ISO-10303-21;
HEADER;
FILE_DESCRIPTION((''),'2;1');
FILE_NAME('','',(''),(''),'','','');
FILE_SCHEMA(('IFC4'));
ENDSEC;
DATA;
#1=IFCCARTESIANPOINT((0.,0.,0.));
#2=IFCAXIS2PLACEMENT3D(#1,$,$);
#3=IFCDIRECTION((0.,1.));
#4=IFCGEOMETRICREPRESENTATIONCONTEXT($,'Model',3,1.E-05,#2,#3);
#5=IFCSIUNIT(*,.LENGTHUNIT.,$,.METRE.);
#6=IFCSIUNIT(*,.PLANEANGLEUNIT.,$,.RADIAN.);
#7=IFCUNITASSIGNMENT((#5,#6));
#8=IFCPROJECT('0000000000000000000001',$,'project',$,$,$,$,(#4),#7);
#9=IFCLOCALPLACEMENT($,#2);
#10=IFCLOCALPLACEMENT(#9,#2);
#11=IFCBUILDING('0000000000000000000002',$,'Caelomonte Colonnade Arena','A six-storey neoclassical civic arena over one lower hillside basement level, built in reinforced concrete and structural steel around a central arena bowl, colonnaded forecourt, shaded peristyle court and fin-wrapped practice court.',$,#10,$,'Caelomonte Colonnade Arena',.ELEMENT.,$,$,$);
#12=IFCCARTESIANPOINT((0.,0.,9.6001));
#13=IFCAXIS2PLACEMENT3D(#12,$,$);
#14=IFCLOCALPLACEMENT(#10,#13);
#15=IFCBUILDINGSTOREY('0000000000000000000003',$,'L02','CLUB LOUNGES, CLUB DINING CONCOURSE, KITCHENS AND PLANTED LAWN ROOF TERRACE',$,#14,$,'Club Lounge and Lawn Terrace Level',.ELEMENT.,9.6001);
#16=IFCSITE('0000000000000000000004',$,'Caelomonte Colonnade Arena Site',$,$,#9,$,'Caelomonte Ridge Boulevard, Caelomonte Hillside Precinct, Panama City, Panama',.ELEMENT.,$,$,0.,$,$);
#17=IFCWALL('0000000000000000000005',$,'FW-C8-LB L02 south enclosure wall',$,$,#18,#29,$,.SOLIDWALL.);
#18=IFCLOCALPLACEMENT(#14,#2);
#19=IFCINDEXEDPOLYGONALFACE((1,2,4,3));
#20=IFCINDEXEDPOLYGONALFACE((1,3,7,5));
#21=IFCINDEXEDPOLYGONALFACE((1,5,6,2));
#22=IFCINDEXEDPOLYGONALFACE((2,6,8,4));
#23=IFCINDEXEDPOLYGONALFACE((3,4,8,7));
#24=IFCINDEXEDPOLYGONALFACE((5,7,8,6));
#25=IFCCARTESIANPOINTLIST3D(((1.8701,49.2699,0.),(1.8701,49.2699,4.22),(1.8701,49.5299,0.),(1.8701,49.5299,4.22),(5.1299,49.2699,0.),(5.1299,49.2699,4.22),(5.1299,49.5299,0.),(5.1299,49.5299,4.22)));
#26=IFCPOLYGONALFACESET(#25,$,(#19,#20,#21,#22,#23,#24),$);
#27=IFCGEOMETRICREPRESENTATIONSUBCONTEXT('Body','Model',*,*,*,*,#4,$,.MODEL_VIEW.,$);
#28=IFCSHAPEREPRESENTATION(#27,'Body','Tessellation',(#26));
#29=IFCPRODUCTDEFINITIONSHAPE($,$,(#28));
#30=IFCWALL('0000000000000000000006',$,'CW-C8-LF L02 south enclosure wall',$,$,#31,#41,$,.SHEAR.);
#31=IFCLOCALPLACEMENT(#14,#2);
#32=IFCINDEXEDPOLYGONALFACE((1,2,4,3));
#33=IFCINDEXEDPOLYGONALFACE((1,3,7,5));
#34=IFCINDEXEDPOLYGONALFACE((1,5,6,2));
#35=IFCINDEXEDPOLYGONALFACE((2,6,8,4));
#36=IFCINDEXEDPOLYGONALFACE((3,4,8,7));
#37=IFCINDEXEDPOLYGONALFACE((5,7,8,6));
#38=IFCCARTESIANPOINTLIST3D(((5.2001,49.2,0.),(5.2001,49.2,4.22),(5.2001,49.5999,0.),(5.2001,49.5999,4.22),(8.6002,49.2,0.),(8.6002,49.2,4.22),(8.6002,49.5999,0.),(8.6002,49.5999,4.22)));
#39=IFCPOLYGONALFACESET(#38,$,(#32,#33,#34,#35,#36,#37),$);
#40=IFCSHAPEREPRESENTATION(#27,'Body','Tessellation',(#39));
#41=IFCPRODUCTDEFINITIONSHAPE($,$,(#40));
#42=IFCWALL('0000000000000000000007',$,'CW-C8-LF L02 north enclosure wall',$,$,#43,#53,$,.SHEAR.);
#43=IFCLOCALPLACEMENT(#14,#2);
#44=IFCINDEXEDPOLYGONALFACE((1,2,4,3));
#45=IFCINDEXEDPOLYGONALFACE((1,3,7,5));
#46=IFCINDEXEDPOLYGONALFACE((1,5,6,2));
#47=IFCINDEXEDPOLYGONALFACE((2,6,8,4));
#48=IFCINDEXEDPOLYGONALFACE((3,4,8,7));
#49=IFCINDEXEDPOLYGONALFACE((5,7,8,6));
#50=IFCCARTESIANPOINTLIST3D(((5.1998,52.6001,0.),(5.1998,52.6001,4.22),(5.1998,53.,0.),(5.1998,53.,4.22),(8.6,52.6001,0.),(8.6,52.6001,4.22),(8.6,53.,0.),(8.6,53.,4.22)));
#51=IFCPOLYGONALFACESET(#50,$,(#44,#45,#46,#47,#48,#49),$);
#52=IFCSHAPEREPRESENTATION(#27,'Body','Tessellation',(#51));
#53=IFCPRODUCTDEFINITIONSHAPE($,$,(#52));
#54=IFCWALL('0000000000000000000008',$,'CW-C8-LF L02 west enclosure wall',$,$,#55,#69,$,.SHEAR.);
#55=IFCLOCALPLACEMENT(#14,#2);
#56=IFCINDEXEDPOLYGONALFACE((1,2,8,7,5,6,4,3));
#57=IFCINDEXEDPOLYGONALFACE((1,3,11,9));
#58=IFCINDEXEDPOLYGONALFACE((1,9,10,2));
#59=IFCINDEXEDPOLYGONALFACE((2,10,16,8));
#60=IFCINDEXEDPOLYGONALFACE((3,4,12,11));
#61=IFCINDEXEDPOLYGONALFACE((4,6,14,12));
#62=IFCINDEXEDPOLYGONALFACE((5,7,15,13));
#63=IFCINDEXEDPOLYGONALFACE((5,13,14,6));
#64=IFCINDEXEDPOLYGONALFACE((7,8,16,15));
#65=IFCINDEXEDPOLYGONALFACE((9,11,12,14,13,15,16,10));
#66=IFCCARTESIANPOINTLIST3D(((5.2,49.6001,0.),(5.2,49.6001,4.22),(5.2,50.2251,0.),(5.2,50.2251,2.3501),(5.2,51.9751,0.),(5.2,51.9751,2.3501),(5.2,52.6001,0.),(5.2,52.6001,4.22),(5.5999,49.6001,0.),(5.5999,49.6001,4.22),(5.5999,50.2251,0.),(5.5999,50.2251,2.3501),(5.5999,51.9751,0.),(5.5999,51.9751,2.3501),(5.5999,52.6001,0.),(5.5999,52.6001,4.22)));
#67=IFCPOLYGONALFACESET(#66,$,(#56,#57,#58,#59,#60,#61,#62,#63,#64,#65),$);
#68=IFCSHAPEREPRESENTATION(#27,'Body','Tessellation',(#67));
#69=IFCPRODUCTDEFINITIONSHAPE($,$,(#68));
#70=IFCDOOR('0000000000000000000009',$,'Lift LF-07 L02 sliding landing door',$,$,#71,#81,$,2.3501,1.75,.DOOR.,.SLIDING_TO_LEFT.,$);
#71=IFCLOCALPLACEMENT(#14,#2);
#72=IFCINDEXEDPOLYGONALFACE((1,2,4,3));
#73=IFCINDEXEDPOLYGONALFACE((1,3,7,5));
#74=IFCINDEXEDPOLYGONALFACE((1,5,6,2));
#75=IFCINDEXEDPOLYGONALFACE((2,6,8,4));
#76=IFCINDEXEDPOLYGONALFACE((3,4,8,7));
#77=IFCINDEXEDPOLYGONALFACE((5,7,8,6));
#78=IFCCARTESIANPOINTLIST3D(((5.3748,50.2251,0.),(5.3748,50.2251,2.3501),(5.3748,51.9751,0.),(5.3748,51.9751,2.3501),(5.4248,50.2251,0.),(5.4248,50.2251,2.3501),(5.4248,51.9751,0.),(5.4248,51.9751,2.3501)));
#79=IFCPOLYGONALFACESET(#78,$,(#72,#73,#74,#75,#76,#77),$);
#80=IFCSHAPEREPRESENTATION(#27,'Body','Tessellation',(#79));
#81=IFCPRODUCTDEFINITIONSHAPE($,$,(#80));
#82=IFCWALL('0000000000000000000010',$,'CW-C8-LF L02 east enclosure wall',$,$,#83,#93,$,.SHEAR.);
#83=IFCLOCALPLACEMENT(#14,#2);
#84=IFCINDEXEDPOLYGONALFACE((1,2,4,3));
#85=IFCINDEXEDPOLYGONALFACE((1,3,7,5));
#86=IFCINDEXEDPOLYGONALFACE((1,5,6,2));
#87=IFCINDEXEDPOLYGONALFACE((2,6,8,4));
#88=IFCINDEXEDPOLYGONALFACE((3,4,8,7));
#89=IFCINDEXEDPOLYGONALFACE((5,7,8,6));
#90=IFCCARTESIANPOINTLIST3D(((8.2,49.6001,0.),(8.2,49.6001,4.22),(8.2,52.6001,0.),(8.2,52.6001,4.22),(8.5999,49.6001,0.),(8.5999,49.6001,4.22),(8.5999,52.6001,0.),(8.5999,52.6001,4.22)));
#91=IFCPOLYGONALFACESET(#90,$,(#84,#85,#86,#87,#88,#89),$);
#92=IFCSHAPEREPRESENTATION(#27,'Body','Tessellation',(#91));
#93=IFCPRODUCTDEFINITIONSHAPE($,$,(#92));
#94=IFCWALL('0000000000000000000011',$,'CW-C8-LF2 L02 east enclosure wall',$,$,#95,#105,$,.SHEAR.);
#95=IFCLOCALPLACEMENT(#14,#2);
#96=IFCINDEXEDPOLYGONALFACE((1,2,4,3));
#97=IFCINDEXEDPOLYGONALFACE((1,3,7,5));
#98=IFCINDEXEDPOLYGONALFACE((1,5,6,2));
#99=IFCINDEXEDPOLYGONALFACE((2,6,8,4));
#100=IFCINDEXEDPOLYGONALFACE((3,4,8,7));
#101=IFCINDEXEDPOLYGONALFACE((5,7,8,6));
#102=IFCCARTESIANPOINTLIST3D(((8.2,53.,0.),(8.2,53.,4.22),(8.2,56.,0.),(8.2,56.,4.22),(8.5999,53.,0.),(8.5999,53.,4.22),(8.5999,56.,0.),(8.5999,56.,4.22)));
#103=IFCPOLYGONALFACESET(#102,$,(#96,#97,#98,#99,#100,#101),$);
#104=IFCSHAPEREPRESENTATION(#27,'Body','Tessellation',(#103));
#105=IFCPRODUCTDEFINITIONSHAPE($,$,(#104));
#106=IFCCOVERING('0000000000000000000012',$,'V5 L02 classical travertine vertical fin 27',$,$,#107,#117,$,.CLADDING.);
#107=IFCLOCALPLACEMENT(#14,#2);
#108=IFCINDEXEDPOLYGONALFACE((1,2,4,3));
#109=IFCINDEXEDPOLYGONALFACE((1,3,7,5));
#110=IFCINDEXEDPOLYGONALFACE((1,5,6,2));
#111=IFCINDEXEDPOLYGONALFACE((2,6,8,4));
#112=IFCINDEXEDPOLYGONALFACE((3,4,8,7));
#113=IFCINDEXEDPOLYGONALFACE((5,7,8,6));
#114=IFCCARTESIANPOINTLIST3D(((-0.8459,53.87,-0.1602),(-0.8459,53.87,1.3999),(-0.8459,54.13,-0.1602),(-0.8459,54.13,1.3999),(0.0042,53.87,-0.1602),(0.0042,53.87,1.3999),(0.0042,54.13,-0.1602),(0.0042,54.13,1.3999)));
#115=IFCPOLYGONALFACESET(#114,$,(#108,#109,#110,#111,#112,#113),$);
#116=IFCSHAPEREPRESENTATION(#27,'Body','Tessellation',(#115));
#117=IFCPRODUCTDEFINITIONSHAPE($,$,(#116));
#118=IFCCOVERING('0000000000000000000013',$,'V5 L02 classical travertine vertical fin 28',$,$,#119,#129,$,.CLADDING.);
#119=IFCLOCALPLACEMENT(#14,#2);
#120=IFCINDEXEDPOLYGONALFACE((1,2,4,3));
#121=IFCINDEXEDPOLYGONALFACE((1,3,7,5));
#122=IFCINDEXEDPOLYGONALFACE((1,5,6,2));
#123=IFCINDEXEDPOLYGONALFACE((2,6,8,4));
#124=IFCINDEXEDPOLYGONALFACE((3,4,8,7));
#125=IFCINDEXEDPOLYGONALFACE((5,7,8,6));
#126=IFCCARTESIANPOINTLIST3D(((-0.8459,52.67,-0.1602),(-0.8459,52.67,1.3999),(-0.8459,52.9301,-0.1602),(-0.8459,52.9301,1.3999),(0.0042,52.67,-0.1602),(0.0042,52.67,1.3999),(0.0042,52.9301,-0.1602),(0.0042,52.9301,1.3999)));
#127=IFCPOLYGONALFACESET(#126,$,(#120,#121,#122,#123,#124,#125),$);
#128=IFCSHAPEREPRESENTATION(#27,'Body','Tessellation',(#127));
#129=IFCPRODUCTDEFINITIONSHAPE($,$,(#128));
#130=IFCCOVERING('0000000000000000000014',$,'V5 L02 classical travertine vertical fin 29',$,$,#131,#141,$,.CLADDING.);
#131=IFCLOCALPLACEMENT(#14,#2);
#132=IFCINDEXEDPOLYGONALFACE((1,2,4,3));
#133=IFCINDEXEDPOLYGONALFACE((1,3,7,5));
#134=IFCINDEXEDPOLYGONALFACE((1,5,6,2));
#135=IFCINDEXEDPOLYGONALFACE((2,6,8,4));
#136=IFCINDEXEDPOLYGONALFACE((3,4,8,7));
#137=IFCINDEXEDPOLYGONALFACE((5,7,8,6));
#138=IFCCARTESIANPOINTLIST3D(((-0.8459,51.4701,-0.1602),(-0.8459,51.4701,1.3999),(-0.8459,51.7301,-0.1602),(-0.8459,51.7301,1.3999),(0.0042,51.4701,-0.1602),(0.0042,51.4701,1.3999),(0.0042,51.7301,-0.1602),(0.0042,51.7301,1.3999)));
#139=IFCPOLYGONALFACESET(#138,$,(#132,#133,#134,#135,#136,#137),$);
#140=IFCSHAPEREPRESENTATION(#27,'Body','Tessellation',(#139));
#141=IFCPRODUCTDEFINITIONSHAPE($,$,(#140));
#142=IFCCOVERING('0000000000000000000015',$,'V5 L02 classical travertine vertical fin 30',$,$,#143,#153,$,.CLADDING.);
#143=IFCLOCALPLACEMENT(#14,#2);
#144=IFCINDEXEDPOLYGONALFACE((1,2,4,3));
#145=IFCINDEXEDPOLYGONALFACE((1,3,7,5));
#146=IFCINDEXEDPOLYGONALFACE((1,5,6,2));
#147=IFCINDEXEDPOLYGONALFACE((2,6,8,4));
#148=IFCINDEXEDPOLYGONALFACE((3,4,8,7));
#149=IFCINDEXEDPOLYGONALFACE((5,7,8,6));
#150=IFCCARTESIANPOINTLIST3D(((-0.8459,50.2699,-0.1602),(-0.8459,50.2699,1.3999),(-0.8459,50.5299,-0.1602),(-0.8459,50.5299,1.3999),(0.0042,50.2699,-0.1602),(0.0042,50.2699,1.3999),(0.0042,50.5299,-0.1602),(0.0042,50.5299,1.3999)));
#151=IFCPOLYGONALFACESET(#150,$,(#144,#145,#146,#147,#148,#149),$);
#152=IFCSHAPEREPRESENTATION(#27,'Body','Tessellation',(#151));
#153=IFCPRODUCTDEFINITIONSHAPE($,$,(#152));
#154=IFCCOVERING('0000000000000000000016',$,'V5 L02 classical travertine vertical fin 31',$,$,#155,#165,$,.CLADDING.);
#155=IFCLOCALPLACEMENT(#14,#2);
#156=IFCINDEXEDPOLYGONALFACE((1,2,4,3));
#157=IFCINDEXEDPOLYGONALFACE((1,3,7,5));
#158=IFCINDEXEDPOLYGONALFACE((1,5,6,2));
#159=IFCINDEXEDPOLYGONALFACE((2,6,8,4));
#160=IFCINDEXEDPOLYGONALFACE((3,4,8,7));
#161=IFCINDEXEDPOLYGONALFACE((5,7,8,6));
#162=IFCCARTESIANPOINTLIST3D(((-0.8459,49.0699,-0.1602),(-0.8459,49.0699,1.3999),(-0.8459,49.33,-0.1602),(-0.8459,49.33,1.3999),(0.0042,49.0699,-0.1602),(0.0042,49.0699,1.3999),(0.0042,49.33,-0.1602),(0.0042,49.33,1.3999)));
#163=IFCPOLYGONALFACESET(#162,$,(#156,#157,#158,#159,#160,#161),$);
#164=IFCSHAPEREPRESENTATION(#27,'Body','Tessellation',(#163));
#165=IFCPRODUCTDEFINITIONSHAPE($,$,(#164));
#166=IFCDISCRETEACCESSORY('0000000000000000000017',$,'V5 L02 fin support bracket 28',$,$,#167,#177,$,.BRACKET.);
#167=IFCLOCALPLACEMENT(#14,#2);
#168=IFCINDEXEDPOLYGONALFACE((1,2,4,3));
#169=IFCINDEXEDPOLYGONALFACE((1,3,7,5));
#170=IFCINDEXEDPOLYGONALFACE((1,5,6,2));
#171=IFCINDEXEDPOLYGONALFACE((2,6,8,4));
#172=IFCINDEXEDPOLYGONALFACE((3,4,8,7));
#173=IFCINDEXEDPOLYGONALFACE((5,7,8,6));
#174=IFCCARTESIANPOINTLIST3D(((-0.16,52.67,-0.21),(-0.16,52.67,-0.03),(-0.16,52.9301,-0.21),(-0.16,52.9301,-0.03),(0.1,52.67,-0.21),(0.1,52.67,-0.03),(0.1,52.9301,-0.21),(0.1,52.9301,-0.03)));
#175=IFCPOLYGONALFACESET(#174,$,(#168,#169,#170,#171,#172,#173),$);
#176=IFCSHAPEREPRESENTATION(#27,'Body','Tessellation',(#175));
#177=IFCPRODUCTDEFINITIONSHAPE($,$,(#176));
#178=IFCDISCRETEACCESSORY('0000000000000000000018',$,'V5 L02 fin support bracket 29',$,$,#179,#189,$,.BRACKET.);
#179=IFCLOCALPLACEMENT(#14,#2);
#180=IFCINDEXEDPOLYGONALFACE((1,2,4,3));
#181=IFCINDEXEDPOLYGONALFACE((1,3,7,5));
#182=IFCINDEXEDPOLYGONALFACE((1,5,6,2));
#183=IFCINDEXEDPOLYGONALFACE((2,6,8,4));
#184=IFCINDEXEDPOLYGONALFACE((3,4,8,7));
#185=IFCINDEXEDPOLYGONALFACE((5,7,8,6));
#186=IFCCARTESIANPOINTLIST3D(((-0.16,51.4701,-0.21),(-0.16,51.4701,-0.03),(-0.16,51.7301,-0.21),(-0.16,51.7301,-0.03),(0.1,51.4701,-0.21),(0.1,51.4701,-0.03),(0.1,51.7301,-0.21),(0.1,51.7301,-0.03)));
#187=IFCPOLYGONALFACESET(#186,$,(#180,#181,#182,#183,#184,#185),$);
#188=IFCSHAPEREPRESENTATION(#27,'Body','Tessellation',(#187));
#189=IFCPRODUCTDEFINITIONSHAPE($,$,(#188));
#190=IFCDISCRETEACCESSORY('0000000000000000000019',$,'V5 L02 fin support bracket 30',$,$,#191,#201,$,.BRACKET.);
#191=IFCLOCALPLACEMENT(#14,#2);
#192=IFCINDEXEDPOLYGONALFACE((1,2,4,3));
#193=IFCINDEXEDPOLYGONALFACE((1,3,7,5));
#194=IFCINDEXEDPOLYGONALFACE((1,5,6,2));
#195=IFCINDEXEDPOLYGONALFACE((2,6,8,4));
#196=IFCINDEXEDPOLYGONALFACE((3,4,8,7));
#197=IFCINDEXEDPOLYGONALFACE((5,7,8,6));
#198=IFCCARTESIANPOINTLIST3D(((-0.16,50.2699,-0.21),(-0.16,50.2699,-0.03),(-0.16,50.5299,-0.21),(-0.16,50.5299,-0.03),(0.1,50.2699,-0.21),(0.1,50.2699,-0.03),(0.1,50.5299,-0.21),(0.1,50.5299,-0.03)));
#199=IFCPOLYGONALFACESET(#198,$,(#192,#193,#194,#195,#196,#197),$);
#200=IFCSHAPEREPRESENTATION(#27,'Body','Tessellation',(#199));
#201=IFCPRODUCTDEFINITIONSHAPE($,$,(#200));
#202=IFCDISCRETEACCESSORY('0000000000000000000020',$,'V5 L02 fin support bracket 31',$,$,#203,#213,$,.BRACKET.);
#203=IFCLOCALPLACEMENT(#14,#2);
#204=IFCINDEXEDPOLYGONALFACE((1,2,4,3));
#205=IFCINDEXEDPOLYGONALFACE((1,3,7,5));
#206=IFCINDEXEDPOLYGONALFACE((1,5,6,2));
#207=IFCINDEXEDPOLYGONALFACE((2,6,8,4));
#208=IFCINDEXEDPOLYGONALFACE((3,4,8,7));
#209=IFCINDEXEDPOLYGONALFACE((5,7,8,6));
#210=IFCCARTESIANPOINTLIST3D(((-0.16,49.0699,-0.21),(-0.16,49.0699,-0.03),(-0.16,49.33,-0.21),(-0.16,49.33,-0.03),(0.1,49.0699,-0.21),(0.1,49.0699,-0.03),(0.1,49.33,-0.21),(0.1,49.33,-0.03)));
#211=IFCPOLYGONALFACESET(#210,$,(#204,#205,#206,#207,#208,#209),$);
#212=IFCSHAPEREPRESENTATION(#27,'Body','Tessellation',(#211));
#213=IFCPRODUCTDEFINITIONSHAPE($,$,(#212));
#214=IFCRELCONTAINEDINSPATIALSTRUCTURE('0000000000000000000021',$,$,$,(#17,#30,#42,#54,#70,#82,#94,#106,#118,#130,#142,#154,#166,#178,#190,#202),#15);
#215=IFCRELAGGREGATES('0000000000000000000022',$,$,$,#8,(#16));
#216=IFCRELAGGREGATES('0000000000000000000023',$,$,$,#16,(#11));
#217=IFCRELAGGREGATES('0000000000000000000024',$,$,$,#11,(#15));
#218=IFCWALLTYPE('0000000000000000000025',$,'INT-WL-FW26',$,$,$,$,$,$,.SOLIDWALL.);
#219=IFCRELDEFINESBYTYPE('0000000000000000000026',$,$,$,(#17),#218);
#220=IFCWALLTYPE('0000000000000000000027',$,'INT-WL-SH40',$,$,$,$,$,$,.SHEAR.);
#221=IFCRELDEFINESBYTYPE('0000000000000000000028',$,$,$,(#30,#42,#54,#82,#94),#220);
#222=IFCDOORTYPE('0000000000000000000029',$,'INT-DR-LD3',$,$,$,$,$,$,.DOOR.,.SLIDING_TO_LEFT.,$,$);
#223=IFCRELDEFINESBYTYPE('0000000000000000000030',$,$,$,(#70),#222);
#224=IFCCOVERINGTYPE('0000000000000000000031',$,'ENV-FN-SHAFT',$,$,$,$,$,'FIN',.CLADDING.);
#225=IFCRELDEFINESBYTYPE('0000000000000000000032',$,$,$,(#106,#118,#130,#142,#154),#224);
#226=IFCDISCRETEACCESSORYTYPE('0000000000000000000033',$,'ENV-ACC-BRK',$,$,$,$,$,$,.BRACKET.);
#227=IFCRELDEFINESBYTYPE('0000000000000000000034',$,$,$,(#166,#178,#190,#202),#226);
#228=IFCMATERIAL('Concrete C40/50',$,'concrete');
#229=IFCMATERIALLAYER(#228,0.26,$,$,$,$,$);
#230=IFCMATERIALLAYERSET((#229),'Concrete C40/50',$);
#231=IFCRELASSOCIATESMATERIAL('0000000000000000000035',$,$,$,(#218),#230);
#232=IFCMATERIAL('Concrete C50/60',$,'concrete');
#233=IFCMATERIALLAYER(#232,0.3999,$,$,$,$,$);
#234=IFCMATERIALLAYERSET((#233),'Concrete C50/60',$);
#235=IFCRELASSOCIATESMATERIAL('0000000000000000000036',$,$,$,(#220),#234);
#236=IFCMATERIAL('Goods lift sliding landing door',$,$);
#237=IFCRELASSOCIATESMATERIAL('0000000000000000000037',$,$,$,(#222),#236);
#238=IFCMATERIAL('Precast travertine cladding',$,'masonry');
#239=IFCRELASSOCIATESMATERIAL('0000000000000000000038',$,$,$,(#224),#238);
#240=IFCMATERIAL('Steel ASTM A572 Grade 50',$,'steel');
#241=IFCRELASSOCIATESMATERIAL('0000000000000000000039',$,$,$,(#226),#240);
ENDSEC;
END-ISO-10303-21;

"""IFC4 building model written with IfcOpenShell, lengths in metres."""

from ifc_helpers import new_model, si_unit, direction, frame, frame_2d, origin, origin_2d, place, context, subcontext, project, spatial, rectangle, extrude, material, layer, layer_set, material_profile, profile_set, type_object, element, fill, save


model = new_model("IFC4")

# Units and contexts
model_context = context("Model", 3, precision=1e-05, world=origin(), true_north=direction((0.0, 1.0)))
body_context = subcontext(model_context, "Body", "Model", "MODEL_VIEW")
ifc_project = project(units=[si_unit("LENGTHUNIT", "METRE"), si_unit("PLANEANGLEUNIT", "RADIAN")], contexts=[model_context])

# Site, building, storey
site_placement = place(None, origin())
site = spatial("IfcSite", under=ifc_project, at=site_placement, Name="Caelomonte Colonnade Arena Site", LongName="Caelomonte Ridge Boulevard, Caelomonte Hillside Precinct, Panama City, Panama", CompositionType="ELEMENT", RefElevation=0.0)
building_placement = place(site_placement, origin())
building = spatial("IfcBuilding", under=site, at=building_placement, Name="Caelomonte Colonnade Arena", Description="A six-storey neoclassical civic arena over one lower hillside basement level, built in reinforced concrete and structural steel around a central arena bowl, colonnaded forecourt, shaded peristyle court and fin-wrapped practice court.", LongName="Caelomonte Colonnade Arena", CompositionType="ELEMENT")
storey_placement = place(building_placement, frame((0.0, 0.0, 9.6001)))
storey = spatial("IfcBuildingStorey", under=building, at=storey_placement, Name="L02", Description="CLUB LOUNGES, CLUB DINING CONCOURSE, KITCHENS AND PLANTED LAWN ROOF TERRACE", LongName="Club Lounge and Lawn Terrace Level", CompositionType="ELEMENT", Elevation=9.6001)

# Walls
ifc_material_1 = material(Name="Concrete C40/50", Category="concrete")
ifc_layer_1 = layer(ifc_material_1, 0.26)
ifc_layer_set_1 = layer_set([ifc_layer_1], Name="Concrete C40/50")
wall_type_1 = type_object("IfcWallType", Name="INT-WL-FW26", PredefinedType="SOLIDWALL", material=ifc_layer_set_1)
wall_1_placement = place(storey_placement, frame((1.8701, 49.3999, 0.0), z_axis=(0.0, 0.0, 1.0), x_axis=(1.0, 0.0, 0.0)))
element("IfcWall", 1, at=wall_1_placement, inside=storey, type_object=wall_type_1, Name="FW-C8-LB L02 south enclosure wall", PredefinedType="SOLIDWALL", context=body_context, shape_type="SweptSolid", body=[
    extrude(rectangle(XDim=3.2598, YDim=0.26, at=frame_2d((1.6299, 0.0))), origin(), (0.0, 0.0, 1.0), 4.22),
])
ifc_material_2 = material(Name="Concrete C50/60", Category="concrete")
ifc_layer_2 = layer(ifc_material_2, 0.3999)
ifc_layer_set_2 = layer_set([ifc_layer_2], Name="Concrete C50/60")
wall_type_2 = type_object("IfcWallType", Name="INT-WL-SH40", PredefinedType="SHEAR", material=ifc_layer_set_2)
for number, where, z_axis, x_axis, name in (
    (2, (5.2, 49.3999, 0.0), (0.0, 0.0, 1.0), (1.0, 0.0, 0.0), "CW-C8-LF L02 south enclosure wall"),
    (3, (8.6001, 52.8, 0.0), (0.0, 0.0, 1.0), (-1.0, 0.0, 0.0), "CW-C8-LF L02 north enclosure wall"),
):
    element("IfcWall", number, at=place(storey_placement, frame(where, z_axis=z_axis, x_axis=x_axis)), inside=storey, type_object=wall_type_2, Name=name, PredefinedType="SHEAR", context=body_context, shape_type="SweptSolid", body=[
        extrude(rectangle(XDim=3.4001, YDim=0.3999, at=frame_2d((1.7002, 0.0))), origin(), (0.0, 0.0, 1.0), 4.22),
    ])

# Wall, opening, door
wall_2_placement = place(storey_placement, frame((5.3999, 52.6001, 0.0), z_axis=(0.0, 0.0, 1.0), x_axis=(0.0, -1.0, 0.0)))
wall_2 = element("IfcWall", 4, at=wall_2_placement, inside=storey, type_object=wall_type_2, Name="CW-C8-LF L02 west enclosure wall", PredefinedType="SHEAR", context=body_context, shape_type="SweptSolid", body=[
    extrude(rectangle(XDim=3.0, YDim=0.3999, at=frame_2d((1.5, 0.0))), origin(), (0.0, 0.0, 1.0), 4.22),
])
opening_placement = place(wall_2_placement, frame((0.625, 0.0, 0.0), z_axis=(0.0, 0.0, 1.0), x_axis=(1.0, 0.0, 0.0)))
opening = element("IfcOpeningElement", 5, at=opening_placement, cuts=wall_2, PredefinedType="OPENING", context=body_context, shape_type="SweptSolid", body=[
    extrude(rectangle(XDim=1.75, YDim=2.3501, at=frame_2d((0.875, 1.175))), frame((0.0, 0.21, 0.0), z_axis=(0.0, -1.0, 0.0), x_axis=(1.0, 0.0, 0.0)), (0.0, 0.0, 1.0), 0.4199),
])
ifc_material_3 = material(Name="Goods lift sliding landing door")
door_type = type_object("IfcDoorType", Name="INT-DR-LD3", OperationType="SLIDING_TO_LEFT", PredefinedType="DOOR", material=ifc_material_3)
door_placement = place(opening_placement, origin())
door = element("IfcDoor", 6, at=door_placement, inside=storey, type_object=door_type, Name="Lift LF-07 L02 sliding landing door", OperationType="SLIDING_TO_LEFT", OverallHeight=2.3501, OverallWidth=1.75, PredefinedType="DOOR", context=body_context, shape_type="SweptSolid", body=[
    extrude(rectangle(XDim=1.75, YDim=2.3501, at=frame_2d((0.875, 1.175))), frame((0.0, 0.0249, 0.0), z_axis=(0.0, -1.0, 0.0), x_axis=(1.0, 0.0, 0.0)), (0.0, 0.0, 1.0), 0.05),
])
fill(opening, door)

# Walls
for number, where, z_axis, x_axis, name in (
    (7, (8.3999, 49.6001, 0.0), (0.0, 0.0, 1.0), (0.0, 1.0, 0.0), "CW-C8-LF L02 east enclosure wall"),
    (8, (8.3999, 53.0, 0.0), (0.0, 0.0, 1.0), (0.0, 1.0, 0.0), "CW-C8-LF2 L02 east enclosure wall"),
):
    element("IfcWall", number, at=place(storey_placement, frame(where, z_axis=z_axis, x_axis=x_axis)), inside=storey, type_object=wall_type_2, Name=name, PredefinedType="SHEAR", context=body_context, shape_type="SweptSolid", body=[
        extrude(rectangle(XDim=3.0, YDim=0.3999, at=frame_2d((1.5, 0.0))), origin(), (0.0, 0.0, 1.0), 4.22),
    ])

# Coverings
ifc_material_4 = material(Name="Precast travertine cladding", Category="masonry")
ifc_material_profile_1 = material_profile(ifc_material_4, rectangle(XDim=0.26, YDim=0.8501, at=origin_2d()), Name="FIN260X850")
ifc_profile_set_1 = profile_set([ifc_material_profile_1], Name="Precast travertine cladding")
covering_type = type_object("IfcCoveringType", Name="ENV-FN-SHAFT", ElementType="FIN", PredefinedType="CLADDING", material=ifc_profile_set_1)
for number, where, z_axis, x_axis, name in (
    (9, (-0.4209, 54.0, -0.1602), (0.0, 0.0, 1.0), (0.0, 1.0, 0.0), "V5 L02 classical travertine vertical fin 27"),
    (10, (-0.4209, 52.8, -0.1602), (0.0, 0.0, 1.0), (0.0, 1.0, 0.0), "V5 L02 classical travertine vertical fin 28"),
    (11, (-0.4209, 51.6001, -0.1602), (0.0, 0.0, 1.0), (0.0, 1.0, 0.0), "V5 L02 classical travertine vertical fin 29"),
    (12, (-0.4209, 50.3999, -0.1602), (0.0, 0.0, 1.0), (0.0, 1.0, 0.0), "V5 L02 classical travertine vertical fin 30"),
    (13, (-0.4209, 49.2, -0.1602), (0.0, 0.0, 1.0), (0.0, 1.0, 0.0), "V5 L02 classical travertine vertical fin 31"),
):
    element("IfcCovering", number, at=place(storey_placement, frame(where, z_axis=z_axis, x_axis=x_axis)), inside=storey, type_object=covering_type, Name=name, PredefinedType="CLADDING", context=body_context, shape_type="SweptSolid", body=[
        extrude(rectangle(XDim=0.26, YDim=0.8501, at=origin_2d()), origin(), (0.0, 0.0, 1.0), 1.5601),
    ])

# Discrete accessories
ifc_material_5 = material(Name="Steel ASTM A572 Grade 50", Category="steel")
discrete_accessory_type = type_object("IfcDiscreteAccessoryType", Name="ENV-ACC-BRK", PredefinedType="BRACKET", material=ifc_material_5)
for number, where, z_axis, x_axis, name in (
    (14, (-0.03, 52.8, -0.21), (0.0, 0.0, 1.0), (0.0, -1.0, 0.0), "V5 L02 fin support bracket 28"),
    (15, (-0.03, 51.6001, -0.21), (0.0, 0.0, 1.0), (0.0, -1.0, 0.0), "V5 L02 fin support bracket 29"),
    (16, (-0.03, 50.3999, -0.21), (0.0, 0.0, 1.0), (0.0, -1.0, 0.0), "V5 L02 fin support bracket 30"),
    (17, (-0.03, 49.2, -0.21), (0.0, 0.0, 1.0), (0.0, -1.0, 0.0), "V5 L02 fin support bracket 31"),
):
    element("IfcDiscreteAccessory", number, at=place(storey_placement, frame(where, z_axis=z_axis, x_axis=x_axis)), inside=storey, type_object=discrete_accessory_type, Name=name, PredefinedType="BRACKET", context=body_context, shape_type="SweptSolid", body=[
        extrude(rectangle(XDim=0.26, YDim=0.26, at=origin_2d()), origin(), (0.0, 0.0, 1.0), 0.1799),
    ])

save(model, "model.ifc")
